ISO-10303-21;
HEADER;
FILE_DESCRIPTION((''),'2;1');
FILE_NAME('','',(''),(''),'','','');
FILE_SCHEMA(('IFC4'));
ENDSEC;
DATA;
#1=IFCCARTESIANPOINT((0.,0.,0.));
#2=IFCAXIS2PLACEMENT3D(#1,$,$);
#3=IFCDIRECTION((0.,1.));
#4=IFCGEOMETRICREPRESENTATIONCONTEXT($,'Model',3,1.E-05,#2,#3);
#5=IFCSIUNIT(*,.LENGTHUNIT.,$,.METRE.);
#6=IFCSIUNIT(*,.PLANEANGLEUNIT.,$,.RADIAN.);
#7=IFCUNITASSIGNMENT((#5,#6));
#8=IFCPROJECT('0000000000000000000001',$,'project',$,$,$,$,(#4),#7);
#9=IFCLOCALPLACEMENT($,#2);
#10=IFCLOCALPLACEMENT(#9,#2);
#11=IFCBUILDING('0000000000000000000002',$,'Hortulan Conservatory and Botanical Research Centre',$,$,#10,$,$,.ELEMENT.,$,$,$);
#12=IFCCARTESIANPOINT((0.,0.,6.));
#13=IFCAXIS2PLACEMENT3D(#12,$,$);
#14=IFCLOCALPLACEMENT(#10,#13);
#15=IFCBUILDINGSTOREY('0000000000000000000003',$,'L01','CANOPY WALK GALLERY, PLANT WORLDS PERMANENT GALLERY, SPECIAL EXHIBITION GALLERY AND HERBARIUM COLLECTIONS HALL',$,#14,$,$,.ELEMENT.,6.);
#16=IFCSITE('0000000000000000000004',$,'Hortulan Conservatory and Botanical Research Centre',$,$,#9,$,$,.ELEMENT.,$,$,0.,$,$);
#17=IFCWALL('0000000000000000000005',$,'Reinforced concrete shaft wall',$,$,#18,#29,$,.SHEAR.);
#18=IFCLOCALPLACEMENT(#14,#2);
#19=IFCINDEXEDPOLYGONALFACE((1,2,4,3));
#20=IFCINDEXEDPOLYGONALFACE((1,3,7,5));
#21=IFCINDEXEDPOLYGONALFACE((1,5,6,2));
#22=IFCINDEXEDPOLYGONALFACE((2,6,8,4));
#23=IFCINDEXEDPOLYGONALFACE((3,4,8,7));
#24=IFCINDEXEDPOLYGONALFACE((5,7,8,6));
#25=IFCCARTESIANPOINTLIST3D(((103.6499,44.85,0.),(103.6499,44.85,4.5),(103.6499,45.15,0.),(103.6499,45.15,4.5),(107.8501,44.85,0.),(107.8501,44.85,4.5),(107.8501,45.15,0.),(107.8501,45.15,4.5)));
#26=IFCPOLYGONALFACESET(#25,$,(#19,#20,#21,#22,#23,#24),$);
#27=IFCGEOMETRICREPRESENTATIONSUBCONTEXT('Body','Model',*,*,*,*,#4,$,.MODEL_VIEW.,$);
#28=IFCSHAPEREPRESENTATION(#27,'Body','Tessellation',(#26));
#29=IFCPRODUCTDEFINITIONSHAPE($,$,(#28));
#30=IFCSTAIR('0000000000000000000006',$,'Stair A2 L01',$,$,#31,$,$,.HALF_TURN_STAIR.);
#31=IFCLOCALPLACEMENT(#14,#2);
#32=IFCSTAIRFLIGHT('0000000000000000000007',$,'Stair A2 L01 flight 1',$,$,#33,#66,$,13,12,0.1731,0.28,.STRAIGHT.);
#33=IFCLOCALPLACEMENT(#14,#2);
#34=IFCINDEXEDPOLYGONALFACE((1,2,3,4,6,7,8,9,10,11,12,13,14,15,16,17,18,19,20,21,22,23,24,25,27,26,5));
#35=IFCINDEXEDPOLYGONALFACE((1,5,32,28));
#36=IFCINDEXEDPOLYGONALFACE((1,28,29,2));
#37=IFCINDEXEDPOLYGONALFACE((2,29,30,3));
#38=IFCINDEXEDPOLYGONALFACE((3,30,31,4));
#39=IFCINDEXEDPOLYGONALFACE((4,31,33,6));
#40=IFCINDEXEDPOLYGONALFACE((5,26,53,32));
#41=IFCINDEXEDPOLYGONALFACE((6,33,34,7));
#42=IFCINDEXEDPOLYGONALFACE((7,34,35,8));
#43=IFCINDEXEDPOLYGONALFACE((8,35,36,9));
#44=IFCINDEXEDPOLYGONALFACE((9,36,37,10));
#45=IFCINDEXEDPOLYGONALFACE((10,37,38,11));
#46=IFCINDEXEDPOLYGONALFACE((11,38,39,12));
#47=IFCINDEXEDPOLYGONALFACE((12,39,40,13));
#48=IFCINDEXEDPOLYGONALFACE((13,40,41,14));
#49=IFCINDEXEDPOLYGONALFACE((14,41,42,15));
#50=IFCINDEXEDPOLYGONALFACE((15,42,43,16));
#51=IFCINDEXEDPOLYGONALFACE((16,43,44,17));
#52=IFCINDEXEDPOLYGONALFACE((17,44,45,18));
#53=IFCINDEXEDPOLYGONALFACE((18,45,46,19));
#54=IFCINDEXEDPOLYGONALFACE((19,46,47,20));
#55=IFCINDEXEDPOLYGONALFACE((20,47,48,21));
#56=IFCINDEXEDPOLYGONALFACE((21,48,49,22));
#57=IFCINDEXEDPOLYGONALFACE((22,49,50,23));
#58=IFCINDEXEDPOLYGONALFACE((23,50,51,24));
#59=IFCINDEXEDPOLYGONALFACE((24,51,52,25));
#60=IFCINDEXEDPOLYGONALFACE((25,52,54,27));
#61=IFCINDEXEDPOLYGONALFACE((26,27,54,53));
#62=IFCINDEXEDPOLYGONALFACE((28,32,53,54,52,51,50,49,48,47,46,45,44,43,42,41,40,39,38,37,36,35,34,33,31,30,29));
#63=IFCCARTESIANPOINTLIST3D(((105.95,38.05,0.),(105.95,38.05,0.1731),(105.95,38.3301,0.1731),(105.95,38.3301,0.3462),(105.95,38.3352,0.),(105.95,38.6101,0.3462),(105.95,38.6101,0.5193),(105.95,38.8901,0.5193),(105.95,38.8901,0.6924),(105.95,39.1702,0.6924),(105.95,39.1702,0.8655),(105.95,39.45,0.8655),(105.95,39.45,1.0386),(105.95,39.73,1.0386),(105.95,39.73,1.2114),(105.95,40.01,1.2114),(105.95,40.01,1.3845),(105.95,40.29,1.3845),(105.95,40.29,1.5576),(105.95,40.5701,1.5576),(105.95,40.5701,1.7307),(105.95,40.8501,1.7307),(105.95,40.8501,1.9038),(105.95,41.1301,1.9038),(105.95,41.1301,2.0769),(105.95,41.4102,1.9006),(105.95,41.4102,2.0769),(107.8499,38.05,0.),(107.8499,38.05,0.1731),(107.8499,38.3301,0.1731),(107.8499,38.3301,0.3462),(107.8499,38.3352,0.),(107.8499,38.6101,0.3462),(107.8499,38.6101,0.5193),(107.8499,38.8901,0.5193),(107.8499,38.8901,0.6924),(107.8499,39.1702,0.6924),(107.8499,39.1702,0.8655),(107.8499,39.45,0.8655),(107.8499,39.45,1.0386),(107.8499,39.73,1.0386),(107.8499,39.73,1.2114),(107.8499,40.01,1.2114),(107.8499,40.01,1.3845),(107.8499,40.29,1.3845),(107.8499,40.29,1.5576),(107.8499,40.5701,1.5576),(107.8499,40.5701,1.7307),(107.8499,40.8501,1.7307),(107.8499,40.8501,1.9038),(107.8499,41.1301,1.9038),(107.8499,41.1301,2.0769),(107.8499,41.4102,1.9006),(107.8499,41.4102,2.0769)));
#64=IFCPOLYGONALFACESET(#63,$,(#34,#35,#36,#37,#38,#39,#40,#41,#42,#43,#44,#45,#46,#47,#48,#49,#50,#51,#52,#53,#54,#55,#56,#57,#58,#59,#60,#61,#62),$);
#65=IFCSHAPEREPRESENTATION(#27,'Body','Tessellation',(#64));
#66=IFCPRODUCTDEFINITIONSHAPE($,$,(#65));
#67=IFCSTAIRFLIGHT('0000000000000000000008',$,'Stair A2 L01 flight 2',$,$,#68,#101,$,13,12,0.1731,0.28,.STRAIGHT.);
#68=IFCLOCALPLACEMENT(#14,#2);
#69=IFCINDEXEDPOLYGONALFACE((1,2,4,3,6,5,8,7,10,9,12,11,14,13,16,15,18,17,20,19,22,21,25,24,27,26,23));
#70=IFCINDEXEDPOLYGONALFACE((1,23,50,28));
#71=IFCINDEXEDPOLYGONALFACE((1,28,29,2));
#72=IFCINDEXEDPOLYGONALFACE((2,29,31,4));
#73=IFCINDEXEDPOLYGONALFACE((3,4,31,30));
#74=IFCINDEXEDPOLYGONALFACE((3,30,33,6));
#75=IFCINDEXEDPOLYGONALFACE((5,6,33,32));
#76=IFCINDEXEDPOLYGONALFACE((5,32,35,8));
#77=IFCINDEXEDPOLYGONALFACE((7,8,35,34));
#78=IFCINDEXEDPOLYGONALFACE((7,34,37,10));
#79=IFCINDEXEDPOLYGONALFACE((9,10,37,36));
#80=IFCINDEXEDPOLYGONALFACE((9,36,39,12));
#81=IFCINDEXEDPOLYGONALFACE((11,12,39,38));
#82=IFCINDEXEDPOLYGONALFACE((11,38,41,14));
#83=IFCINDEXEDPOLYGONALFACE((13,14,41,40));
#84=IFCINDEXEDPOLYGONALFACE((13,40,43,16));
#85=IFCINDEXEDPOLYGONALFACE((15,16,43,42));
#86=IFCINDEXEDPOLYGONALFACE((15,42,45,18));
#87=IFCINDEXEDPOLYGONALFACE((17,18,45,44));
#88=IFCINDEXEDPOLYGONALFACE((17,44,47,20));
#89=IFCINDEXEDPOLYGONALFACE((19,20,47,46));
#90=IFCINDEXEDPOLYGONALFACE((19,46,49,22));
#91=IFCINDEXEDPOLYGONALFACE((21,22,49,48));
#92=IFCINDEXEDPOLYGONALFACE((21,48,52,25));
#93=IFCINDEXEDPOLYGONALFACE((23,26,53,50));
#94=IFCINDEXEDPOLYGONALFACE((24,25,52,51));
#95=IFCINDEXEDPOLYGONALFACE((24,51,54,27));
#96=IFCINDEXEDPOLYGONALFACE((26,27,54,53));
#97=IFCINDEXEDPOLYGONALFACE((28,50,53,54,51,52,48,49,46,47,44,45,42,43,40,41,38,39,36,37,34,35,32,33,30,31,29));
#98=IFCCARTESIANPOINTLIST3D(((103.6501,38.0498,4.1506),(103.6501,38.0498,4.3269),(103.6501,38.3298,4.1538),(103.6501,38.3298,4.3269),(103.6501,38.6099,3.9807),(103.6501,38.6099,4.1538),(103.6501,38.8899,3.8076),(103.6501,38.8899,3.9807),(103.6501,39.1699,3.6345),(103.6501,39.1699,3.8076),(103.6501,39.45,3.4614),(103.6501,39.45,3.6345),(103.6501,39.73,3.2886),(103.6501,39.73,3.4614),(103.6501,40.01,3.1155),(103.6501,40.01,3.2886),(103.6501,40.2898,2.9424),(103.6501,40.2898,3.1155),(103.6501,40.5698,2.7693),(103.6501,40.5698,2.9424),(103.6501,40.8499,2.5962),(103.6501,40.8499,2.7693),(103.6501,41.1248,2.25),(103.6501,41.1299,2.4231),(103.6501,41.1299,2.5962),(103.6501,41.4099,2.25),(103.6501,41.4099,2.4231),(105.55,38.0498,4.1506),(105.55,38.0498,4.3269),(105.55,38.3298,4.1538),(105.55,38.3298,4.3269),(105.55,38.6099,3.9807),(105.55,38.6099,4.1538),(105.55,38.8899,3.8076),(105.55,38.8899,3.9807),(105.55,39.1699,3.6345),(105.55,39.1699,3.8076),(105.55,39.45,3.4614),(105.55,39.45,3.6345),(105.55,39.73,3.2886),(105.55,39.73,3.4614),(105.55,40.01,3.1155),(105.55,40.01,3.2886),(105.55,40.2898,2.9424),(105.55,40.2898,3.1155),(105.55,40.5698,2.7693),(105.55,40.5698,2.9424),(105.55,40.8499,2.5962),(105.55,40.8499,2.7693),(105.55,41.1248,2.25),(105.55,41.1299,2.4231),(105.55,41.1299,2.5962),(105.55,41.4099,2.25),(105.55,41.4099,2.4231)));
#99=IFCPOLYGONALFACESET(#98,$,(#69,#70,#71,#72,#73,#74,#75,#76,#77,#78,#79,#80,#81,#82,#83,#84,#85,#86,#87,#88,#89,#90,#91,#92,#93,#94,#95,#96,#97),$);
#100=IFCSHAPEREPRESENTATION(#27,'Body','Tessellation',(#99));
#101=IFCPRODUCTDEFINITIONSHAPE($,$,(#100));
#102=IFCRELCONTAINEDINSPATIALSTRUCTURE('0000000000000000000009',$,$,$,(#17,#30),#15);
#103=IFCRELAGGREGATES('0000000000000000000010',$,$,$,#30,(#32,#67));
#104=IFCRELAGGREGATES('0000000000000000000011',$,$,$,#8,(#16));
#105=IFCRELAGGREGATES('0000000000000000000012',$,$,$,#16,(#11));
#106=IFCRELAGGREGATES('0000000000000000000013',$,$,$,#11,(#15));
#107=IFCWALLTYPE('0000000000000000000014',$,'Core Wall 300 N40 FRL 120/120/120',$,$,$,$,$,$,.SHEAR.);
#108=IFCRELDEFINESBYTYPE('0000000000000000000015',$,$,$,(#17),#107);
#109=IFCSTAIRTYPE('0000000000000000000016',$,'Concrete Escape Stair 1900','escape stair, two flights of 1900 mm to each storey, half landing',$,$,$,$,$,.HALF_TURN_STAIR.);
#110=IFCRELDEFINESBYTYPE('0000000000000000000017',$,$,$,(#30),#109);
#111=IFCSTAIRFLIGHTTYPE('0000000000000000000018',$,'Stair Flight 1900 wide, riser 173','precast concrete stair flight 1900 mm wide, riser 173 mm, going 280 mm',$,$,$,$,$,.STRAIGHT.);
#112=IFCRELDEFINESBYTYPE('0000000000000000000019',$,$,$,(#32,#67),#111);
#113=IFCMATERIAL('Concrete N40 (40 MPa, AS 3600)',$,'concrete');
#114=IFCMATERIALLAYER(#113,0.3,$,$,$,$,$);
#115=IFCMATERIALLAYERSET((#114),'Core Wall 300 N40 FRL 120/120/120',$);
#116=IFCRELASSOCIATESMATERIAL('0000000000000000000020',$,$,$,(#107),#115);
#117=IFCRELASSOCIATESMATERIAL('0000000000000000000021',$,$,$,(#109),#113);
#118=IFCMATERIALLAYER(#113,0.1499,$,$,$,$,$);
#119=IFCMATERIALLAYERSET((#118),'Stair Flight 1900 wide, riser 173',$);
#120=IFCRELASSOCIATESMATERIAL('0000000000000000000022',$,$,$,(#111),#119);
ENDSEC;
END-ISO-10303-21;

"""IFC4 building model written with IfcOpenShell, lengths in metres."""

from ifc_helpers import new_model, si_unit, direction, frame, frame_2d, origin, place, context, subcontext, project, spatial, polyline, rectangle, outline, extrude, material, layer, layer_set, type_object, element, aggregate, save


model = new_model("IFC4")

# Units and contexts
model_context = context("Model", 3, precision=1e-05, world=origin(), true_north=direction((0.0, 1.0)))
body_context = subcontext(model_context, "Body", "Model", "MODEL_VIEW")
ifc_project = project(units=[si_unit("LENGTHUNIT", "METRE"), si_unit("PLANEANGLEUNIT", "RADIAN")], contexts=[model_context])

# Site, building, storey
site_placement = place(None, origin())
site = spatial("IfcSite", under=ifc_project, at=site_placement, Name="Hortulan Conservatory and Botanical Research Centre", CompositionType="ELEMENT", RefElevation=0.0)
building_placement = place(site_placement, origin())
building = spatial("IfcBuilding", under=site, at=building_placement, Name="Hortulan Conservatory and Botanical Research Centre", CompositionType="ELEMENT")
storey_placement = place(building_placement, frame((0.0, 0.0, 6.0)))
storey = spatial("IfcBuildingStorey", under=building, at=storey_placement, Name="L01", Description="CANOPY WALK GALLERY, PLANT WORLDS PERMANENT GALLERY, SPECIAL EXHIBITION GALLERY AND HERBARIUM COLLECTIONS HALL", CompositionType="ELEMENT", Elevation=6.0)

# Shared definitions
ifc_material_1 = material(Name="Concrete N40 (40 MPa, AS 3600)", Category="concrete")
ifc_layer_1 = layer(ifc_material_1, 0.3)
ifc_layer_set_1 = layer_set([ifc_layer_1], Name="Core Wall 300 N40 FRL 120/120/120")
wall_type = type_object("IfcWallType", Name="Core Wall 300 N40 FRL 120/120/120", PredefinedType="SHEAR", material=ifc_layer_set_1)

# Wall
wall_1_placement = place(storey_placement, frame((103.6499, 45.0, 0.0), z_axis=(0.0, 0.0, 1.0), x_axis=(1.0, 0.0, 0.0)))
element("IfcWall", 1, at=wall_1_placement, inside=storey, type_object=wall_type, Name="Reinforced concrete shaft wall", PredefinedType="SHEAR", context=body_context, shape_type="SweptSolid", body=[
    extrude(rectangle(XDim=4.2002, YDim=0.3, at=frame_2d((2.1001, 0.0))), origin(), (0.0, 0.0, 1.0), 4.5),
])

# Stair, stair flights
stair_type = type_object("IfcStairType", Name="Concrete Escape Stair 1900", Description="escape stair, two flights of 1900 mm to each storey, half landing", PredefinedType="HALF_TURN_STAIR", material=ifc_material_1)
stair_placement = place(storey_placement, origin())
stair = element("IfcStair", 2, at=stair_placement, inside=storey, type_object=stair_type, Name="Stair A2 L01", PredefinedType="HALF_TURN_STAIR")
ifc_layer_2 = layer(ifc_material_1, 0.1499)
ifc_layer_set_2 = layer_set([ifc_layer_2], Name="Stair Flight 1900 wide, riser 173")
stair_flight_type = type_object("IfcStairFlightType", Name="Stair Flight 1900 wide, riser 173", Description="precast concrete stair flight 1900 mm wide, riser 173 mm, going 280 mm", PredefinedType="STRAIGHT", material=ifc_layer_set_2)
stair_flight_1_placement = place(storey_placement, frame((106.8999, 38.05, 0.0), z_axis=(0.0, 0.0, 1.0), x_axis=(0.0, 1.0, 0.0)))
stair_flight_1 = element("IfcStairFlight", 3, at=stair_flight_1_placement, type_object=stair_flight_type, Name="Stair A2 L01 flight 1", NumberOfRisers=13, NumberOfTreads=12, PredefinedType="STRAIGHT", RiserHeight=0.1731, TreadLength=0.28, context=body_context, shape_type="SweptSolid", body=[
    extrude(outline(polyline([(0.0, 0.0), (0.0, 0.1731), (0.28, 0.1731), (0.28, 0.3462), (0.5601, 0.3462), (0.5601, 0.5193), (0.8401, 0.5193), (0.8401, 0.6924), (1.1201, 0.6924), (1.1201, 0.8655), (1.3999, 0.8655), (1.3999, 1.0386), (1.6799, 1.0386), (1.6799, 1.2114), (1.96, 1.2114), (1.96, 1.3845), (2.24, 1.3845), (2.24, 1.5576), (2.52, 1.5576), (2.52, 1.7307), (2.8, 1.7307), (2.8, 1.9038), (3.0801, 1.9038), (3.0801, 2.0769), (3.3601, 2.0769), (3.3601, 2.25), (3.3601, 1.9006), (0.2852, 0.0), (0.0, 0.0)])), frame((0.0, 0.95, 0.0), z_axis=(0.0, -1.0, 0.0), x_axis=(1.0, 0.0, 0.0)), (0.0, 0.0, 1.0), 1.8999),
])
stair_flight_2_placement = place(storey_placement, frame((104.6001, 41.4099, 2.25), z_axis=(0.0, 0.0, 1.0), x_axis=(0.0, -1.0, 0.0)))
stair_flight_2 = element("IfcStairFlight", 4, at=stair_flight_2_placement, type_object=stair_flight_type, Name="Stair A2 L01 flight 2", NumberOfRisers=13, NumberOfTreads=12, PredefinedType="STRAIGHT", RiserHeight=0.1731, TreadLength=0.28, context=body_context, shape_type="SweptSolid", body=[
    extrude(outline(polyline([(0.0, 0.0), (0.0, 0.1731), (0.28, 0.1731), (0.28, 0.3462), (0.5601, 0.3462), (0.5601, 0.5193), (0.8401, 0.5193), (0.8401, 0.6924), (1.1201, 0.6924), (1.1201, 0.8655), (1.3999, 0.8655), (1.3999, 1.0386), (1.6799, 1.0386), (1.6799, 1.2114), (1.96, 1.2114), (1.96, 1.3845), (2.24, 1.3845), (2.24, 1.5576), (2.52, 1.5576), (2.52, 1.7307), (2.8, 1.7307), (2.8, 1.9038), (3.0801, 1.9038), (3.0801, 2.0769), (3.3601, 2.0769), (3.3601, 2.25), (3.3601, 1.9006), (0.2852, 0.0), (0.0, 0.0)])), frame((0.0, 0.95, 0.0), z_axis=(0.0, -1.0, 0.0), x_axis=(1.0, 0.0, 0.0)), (0.0, 0.0, 1.0), 1.8999),
])
aggregate(stair, [stair_flight_1, stair_flight_2])

save(model, "model.ifc")
